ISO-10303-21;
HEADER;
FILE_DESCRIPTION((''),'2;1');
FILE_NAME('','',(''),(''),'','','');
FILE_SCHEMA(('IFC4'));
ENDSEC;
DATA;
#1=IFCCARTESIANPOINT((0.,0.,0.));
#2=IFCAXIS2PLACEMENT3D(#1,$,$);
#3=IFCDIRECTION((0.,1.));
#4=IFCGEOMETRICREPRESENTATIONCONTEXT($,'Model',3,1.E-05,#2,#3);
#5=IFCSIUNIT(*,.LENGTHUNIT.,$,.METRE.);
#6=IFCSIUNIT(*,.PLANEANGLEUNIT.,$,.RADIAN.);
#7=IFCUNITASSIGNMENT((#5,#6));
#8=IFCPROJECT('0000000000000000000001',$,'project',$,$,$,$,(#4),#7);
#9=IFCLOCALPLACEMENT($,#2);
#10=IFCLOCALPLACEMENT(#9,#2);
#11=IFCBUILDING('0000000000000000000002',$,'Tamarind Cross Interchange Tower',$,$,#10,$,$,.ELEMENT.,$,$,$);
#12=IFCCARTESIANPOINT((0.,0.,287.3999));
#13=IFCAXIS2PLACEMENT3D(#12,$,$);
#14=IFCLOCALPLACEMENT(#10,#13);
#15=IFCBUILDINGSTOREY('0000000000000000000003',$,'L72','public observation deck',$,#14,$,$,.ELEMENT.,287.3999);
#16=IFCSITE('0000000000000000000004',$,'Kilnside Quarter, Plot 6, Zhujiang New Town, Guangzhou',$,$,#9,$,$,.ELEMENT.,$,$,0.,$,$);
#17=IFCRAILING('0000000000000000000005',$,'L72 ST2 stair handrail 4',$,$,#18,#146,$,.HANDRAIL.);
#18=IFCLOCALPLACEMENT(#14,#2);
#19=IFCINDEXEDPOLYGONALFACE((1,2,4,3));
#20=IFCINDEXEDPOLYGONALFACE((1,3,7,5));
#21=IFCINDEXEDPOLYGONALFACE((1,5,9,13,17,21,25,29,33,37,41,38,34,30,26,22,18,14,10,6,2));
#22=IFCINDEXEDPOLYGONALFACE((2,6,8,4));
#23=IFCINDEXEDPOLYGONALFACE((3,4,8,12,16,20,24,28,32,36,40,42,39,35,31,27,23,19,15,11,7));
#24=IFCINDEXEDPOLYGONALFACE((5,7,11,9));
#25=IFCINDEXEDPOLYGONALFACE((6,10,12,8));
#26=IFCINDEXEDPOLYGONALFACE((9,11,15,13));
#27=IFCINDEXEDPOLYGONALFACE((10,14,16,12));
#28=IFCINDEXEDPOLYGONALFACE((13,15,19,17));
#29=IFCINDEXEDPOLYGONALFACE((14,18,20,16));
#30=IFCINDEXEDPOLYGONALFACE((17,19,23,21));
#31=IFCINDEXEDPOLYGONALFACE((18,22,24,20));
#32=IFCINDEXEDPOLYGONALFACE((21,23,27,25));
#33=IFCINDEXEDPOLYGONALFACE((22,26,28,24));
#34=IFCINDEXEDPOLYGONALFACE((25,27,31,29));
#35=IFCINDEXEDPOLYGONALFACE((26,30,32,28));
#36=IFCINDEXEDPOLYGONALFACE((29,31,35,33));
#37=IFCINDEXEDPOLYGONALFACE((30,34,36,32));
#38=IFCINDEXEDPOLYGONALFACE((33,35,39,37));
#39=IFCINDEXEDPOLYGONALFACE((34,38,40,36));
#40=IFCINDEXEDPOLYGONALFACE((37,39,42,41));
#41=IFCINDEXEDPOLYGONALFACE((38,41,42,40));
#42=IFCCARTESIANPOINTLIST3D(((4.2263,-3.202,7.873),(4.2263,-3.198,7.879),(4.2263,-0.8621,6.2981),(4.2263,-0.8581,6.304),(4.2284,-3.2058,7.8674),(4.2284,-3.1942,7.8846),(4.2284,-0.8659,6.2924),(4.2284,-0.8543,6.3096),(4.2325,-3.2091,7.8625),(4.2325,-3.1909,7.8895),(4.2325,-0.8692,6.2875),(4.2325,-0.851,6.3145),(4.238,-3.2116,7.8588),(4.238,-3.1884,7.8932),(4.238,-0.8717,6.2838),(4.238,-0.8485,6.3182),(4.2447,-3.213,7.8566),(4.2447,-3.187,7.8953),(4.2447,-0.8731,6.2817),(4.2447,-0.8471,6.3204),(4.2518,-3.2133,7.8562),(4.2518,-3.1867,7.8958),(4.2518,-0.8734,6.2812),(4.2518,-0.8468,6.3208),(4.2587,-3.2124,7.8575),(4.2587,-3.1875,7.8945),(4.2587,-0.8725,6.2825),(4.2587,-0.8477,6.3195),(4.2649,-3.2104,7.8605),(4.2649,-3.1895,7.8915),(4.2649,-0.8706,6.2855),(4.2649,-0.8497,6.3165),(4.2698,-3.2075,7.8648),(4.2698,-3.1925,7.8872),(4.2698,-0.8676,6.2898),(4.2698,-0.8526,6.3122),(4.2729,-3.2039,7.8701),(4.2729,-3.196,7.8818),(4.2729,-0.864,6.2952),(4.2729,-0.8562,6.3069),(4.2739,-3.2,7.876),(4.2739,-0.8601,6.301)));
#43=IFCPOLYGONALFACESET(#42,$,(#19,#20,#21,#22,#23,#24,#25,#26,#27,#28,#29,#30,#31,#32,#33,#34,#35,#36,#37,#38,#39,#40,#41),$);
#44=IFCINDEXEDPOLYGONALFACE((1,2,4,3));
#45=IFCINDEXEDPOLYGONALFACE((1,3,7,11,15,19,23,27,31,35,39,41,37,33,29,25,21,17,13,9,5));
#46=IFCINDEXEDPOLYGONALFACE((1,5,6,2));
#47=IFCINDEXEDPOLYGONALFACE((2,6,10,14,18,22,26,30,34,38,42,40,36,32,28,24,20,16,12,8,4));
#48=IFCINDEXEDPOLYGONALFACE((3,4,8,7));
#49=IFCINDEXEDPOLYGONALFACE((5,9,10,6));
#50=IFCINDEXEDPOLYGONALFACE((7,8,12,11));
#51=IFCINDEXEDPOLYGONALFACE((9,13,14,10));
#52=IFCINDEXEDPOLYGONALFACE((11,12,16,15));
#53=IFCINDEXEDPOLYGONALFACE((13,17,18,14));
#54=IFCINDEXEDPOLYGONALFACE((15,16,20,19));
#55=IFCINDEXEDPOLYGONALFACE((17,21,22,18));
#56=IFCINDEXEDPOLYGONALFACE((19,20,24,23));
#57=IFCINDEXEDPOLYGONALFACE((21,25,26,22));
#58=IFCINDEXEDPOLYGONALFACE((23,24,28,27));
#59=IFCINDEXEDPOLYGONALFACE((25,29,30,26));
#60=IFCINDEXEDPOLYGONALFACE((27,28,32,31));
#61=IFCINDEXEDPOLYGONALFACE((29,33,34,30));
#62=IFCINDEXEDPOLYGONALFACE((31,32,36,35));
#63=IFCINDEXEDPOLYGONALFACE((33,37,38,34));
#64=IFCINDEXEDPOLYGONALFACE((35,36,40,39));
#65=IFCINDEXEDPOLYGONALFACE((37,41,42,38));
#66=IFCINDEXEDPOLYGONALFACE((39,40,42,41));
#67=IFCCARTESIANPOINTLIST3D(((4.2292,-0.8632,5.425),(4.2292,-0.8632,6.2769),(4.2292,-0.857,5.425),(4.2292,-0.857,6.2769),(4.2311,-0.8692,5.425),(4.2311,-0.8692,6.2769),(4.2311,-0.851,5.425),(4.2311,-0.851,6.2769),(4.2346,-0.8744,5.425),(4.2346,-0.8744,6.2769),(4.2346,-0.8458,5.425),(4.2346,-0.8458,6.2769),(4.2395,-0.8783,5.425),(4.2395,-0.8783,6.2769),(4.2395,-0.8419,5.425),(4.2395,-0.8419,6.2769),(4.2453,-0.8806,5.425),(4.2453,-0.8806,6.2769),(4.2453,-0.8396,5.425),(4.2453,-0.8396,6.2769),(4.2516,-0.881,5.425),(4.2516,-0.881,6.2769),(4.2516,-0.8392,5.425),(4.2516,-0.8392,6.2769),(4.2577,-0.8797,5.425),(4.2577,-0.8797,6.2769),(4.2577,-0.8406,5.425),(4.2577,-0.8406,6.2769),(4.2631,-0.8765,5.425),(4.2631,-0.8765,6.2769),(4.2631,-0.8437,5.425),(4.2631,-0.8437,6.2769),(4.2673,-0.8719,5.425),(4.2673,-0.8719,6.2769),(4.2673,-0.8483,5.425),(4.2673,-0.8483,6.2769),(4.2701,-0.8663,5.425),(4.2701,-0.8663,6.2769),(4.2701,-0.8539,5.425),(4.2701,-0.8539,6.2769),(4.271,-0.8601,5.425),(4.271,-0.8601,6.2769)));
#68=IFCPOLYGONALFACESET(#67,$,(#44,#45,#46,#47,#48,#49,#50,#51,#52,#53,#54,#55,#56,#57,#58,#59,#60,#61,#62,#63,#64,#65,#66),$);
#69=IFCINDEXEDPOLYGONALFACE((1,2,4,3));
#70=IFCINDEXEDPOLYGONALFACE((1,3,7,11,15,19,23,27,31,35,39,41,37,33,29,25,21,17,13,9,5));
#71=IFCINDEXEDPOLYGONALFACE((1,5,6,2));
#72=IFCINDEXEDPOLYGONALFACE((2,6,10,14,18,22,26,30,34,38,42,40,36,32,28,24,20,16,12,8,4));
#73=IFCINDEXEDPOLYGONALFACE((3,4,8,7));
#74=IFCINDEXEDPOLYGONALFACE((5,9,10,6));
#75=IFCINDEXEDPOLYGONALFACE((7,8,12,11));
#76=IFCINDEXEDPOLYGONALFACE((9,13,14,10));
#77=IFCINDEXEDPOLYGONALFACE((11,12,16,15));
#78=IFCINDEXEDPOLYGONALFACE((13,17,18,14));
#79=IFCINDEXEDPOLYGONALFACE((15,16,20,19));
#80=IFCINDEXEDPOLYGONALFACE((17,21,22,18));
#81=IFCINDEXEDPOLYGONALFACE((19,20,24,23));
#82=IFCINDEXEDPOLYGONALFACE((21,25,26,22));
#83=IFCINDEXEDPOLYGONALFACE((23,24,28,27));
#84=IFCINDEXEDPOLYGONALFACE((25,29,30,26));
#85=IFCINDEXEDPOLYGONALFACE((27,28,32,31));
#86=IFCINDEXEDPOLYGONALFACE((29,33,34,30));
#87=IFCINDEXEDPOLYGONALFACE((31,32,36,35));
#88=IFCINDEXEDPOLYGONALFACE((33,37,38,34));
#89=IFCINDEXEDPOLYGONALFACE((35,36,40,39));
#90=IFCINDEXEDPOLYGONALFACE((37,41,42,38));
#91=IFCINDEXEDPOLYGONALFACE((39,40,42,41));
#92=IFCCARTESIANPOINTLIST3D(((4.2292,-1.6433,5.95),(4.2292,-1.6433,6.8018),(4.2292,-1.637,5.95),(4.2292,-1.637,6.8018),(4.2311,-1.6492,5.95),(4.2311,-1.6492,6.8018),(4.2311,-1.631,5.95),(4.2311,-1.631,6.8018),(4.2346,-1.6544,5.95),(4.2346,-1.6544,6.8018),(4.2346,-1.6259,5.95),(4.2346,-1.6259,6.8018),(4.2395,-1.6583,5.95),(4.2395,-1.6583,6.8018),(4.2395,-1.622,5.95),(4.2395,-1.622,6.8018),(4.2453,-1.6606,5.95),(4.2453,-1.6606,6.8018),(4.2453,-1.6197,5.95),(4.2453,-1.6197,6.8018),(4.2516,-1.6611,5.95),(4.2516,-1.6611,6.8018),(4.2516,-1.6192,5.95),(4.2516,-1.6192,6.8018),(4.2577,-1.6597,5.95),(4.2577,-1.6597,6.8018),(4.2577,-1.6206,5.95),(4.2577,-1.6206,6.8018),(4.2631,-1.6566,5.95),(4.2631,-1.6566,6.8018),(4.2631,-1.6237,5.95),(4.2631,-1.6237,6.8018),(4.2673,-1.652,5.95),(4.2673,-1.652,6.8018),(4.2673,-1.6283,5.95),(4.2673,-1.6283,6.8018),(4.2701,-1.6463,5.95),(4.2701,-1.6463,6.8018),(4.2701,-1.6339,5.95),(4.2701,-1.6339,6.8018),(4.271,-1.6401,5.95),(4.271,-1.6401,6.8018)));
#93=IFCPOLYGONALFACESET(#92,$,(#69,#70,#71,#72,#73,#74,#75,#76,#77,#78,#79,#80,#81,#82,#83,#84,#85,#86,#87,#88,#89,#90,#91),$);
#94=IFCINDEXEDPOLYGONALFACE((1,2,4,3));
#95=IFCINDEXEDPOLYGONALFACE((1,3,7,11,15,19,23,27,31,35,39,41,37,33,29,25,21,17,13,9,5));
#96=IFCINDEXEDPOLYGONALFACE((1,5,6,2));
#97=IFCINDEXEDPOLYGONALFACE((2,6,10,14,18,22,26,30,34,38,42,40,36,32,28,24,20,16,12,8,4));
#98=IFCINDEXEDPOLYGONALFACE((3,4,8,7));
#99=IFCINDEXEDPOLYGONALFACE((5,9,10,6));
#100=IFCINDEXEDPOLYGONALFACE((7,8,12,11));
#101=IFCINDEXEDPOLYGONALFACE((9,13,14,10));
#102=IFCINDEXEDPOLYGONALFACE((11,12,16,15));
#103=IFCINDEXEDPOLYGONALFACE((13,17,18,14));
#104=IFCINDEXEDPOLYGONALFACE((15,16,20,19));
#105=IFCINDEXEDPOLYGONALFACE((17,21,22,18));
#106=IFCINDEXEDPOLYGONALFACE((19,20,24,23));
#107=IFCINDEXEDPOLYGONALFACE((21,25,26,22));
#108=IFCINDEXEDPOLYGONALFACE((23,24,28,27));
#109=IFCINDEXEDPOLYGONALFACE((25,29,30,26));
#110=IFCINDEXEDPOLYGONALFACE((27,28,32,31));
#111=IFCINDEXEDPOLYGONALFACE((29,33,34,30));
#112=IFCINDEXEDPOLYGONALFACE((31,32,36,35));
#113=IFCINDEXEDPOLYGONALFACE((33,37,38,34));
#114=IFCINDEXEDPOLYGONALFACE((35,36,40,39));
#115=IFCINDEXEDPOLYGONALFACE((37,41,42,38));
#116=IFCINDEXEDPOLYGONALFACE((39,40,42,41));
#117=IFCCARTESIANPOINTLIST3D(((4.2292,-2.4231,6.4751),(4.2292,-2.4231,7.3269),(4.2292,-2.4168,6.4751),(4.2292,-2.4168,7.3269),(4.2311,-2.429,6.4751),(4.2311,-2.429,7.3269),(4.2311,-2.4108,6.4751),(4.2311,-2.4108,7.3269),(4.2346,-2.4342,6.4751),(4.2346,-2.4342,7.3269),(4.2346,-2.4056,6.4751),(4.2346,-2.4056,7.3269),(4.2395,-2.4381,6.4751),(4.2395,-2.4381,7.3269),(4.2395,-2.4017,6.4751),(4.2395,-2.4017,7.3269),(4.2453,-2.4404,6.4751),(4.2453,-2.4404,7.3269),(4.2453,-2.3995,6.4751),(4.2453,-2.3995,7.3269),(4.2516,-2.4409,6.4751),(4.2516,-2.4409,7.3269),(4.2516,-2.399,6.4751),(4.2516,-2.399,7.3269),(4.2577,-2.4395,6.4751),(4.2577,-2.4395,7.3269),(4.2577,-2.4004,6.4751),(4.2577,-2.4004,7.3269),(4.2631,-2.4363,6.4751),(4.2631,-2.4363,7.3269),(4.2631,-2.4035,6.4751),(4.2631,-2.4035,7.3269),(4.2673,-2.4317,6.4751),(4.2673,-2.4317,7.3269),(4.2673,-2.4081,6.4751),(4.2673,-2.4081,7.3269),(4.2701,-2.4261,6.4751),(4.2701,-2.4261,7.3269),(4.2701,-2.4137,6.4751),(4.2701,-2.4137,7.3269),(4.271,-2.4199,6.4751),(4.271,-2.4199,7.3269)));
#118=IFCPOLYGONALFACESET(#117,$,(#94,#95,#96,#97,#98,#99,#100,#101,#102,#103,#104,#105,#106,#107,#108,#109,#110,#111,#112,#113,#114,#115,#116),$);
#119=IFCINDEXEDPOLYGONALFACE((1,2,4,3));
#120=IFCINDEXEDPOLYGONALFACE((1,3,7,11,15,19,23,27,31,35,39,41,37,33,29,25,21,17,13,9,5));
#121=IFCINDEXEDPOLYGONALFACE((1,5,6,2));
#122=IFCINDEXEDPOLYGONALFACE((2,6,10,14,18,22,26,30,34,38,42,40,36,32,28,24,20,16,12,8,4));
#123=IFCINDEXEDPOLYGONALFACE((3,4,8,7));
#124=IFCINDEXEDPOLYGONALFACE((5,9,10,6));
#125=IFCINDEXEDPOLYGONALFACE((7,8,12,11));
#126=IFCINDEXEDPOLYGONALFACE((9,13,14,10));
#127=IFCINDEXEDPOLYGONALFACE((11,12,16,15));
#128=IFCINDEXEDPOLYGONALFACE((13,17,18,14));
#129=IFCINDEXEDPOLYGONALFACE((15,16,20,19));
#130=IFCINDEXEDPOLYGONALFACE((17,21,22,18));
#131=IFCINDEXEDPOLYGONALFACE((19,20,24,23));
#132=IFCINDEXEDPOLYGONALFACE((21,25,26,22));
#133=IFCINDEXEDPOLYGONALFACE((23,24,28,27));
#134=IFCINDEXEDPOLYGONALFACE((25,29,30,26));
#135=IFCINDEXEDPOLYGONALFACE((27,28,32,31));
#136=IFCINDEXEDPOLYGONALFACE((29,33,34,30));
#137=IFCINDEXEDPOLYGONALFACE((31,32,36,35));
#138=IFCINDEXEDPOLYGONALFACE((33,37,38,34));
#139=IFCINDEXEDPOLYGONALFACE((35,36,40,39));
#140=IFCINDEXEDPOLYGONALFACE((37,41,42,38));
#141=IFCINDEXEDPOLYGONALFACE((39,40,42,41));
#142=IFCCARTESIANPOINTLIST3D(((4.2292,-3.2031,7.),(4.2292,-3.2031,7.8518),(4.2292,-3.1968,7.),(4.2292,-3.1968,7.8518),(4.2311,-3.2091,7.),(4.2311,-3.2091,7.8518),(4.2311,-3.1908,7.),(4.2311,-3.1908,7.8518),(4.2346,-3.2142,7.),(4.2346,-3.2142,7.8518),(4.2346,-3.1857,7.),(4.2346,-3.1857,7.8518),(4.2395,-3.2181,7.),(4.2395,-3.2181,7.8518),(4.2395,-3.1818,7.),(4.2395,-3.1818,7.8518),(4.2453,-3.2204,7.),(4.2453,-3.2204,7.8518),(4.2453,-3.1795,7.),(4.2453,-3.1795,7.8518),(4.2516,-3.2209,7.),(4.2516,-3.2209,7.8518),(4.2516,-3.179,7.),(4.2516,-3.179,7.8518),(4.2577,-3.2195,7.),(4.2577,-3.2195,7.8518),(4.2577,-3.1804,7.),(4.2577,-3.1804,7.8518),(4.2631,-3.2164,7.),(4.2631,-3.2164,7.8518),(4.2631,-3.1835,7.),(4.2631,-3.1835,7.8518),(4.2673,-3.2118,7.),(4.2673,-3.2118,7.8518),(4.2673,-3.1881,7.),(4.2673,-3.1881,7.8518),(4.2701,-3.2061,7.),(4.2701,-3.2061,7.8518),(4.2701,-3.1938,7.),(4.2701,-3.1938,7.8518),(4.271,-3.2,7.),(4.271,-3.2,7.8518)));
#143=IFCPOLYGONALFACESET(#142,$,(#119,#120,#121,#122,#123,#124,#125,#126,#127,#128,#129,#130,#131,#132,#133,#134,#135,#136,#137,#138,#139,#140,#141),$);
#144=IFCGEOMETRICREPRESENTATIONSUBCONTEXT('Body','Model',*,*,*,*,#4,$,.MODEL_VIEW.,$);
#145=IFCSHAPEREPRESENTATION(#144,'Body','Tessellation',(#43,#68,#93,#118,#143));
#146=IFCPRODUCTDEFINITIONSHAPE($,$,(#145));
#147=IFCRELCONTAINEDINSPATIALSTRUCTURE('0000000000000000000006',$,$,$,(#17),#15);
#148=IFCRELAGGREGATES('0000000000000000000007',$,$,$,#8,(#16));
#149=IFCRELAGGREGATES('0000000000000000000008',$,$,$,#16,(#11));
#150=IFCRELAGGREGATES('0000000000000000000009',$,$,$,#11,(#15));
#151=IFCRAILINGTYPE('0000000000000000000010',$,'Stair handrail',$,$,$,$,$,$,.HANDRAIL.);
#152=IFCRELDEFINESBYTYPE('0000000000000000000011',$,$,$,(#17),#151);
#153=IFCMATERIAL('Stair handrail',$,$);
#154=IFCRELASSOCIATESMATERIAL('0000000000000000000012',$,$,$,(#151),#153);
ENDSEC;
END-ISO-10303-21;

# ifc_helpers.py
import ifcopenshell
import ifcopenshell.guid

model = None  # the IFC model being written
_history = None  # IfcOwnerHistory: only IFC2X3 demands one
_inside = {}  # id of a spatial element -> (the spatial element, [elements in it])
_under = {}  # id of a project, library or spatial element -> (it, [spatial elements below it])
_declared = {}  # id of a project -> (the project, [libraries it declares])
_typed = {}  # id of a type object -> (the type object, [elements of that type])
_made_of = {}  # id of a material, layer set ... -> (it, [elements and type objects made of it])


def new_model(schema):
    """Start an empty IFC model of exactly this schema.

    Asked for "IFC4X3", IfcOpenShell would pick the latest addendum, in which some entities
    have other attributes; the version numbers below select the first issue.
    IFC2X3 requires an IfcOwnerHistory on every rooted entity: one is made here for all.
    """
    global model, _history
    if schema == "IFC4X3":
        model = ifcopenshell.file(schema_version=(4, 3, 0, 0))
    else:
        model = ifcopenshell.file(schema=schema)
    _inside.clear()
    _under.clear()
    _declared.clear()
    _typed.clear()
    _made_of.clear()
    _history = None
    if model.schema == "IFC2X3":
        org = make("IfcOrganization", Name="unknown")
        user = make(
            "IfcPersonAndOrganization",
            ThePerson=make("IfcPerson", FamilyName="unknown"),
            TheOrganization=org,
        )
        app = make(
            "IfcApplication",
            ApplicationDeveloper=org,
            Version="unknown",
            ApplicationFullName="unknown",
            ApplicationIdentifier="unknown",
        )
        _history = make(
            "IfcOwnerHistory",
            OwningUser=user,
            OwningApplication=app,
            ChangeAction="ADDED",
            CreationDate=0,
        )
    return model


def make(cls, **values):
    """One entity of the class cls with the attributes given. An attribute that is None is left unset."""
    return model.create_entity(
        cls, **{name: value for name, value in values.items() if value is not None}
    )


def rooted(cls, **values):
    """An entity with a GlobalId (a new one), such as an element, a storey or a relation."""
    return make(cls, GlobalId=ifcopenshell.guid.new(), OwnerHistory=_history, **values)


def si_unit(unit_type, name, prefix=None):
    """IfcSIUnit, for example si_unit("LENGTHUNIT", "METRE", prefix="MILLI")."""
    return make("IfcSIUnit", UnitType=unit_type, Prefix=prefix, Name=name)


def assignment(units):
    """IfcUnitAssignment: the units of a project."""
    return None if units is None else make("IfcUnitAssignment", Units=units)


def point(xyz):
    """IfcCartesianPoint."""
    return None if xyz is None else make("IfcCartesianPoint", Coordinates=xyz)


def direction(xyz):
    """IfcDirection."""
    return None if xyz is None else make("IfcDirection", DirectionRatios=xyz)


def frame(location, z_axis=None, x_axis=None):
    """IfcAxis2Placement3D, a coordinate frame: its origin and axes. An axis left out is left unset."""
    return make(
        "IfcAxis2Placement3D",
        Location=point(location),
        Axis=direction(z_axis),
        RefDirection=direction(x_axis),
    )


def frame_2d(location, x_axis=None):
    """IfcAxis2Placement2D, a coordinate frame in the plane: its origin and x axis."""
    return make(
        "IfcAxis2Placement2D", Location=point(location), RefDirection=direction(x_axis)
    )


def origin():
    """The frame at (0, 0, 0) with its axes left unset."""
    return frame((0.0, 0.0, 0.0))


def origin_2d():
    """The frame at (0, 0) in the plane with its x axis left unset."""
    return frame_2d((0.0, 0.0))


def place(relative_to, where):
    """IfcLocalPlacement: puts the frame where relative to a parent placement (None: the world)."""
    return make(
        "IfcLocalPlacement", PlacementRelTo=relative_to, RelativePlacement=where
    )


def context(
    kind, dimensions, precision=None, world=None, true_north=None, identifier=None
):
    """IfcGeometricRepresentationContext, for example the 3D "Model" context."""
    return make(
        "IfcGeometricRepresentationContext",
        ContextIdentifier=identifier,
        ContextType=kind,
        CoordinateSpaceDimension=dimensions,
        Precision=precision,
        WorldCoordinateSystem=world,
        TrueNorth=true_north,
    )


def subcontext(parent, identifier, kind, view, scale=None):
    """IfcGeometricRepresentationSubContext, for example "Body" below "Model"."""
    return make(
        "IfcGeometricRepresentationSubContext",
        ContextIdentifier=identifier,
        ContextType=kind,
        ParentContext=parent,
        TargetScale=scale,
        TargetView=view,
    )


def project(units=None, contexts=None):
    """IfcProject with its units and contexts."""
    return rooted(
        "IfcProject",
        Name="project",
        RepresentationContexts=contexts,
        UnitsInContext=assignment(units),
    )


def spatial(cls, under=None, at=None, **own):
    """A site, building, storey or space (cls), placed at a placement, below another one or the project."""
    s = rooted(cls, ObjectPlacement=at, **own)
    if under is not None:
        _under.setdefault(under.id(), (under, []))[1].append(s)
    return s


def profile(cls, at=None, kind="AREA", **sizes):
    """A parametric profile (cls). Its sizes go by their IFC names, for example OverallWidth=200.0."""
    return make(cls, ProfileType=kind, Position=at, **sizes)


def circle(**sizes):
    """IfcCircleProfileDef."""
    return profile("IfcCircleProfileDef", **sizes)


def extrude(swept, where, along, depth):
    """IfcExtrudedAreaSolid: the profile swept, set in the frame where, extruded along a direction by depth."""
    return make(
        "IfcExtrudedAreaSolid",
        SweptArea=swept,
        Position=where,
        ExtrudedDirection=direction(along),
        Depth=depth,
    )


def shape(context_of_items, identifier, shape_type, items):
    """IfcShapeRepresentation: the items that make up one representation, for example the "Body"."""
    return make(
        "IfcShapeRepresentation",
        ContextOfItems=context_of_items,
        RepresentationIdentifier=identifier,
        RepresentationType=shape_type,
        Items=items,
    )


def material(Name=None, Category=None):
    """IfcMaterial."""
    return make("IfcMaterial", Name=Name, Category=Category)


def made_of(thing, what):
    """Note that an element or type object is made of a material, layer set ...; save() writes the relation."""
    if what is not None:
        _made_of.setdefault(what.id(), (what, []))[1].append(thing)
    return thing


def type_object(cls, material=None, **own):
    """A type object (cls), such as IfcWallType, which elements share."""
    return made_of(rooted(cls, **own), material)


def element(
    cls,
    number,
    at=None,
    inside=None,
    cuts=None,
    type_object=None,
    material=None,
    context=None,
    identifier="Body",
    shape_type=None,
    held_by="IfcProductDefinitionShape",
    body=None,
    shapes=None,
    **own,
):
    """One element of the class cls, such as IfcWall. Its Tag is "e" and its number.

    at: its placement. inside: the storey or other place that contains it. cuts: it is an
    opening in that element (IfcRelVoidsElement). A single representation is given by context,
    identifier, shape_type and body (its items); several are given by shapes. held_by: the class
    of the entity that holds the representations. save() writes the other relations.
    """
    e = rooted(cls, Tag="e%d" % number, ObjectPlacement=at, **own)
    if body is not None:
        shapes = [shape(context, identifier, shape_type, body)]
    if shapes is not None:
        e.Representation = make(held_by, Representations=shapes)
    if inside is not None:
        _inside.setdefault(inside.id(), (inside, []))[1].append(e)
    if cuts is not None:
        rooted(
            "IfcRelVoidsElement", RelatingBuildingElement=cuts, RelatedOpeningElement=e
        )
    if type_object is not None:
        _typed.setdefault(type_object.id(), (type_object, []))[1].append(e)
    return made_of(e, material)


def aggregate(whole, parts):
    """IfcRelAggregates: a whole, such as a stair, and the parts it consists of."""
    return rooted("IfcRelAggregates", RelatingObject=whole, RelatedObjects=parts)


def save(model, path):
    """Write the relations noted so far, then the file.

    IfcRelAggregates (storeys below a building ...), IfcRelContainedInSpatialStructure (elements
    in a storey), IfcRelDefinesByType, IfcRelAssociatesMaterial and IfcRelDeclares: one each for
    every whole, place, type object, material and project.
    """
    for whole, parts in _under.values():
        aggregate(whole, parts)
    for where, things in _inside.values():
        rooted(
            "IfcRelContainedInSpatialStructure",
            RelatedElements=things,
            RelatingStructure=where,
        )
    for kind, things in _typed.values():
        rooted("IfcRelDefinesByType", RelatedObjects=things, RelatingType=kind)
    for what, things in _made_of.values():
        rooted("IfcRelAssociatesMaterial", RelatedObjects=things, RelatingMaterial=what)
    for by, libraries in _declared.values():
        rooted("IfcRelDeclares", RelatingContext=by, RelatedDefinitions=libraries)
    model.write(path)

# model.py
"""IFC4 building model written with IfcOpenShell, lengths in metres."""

from ifc_helpers import new_model, si_unit, direction, frame, origin, origin_2d, place, context, subcontext, project, spatial, circle, extrude, material, type_object, element, save


model = new_model("IFC4")

# Units and contexts
model_context = context("Model", 3, precision=1e-05, world=origin(), true_north=direction((0.0, 1.0)))
body_context = subcontext(model_context, "Body", "Model", "MODEL_VIEW")
ifc_project = project(units=[si_unit("LENGTHUNIT", "METRE"), si_unit("PLANEANGLEUNIT", "RADIAN")], contexts=[model_context])

# Site, building, storey
site_placement = place(None, origin())
site = spatial("IfcSite", under=ifc_project, at=site_placement, Name="Kilnside Quarter, Plot 6, Zhujiang New Town, Guangzhou", CompositionType="ELEMENT", RefElevation=0.0)
building_placement = place(site_placement, origin())
building = spatial("IfcBuilding", under=site, at=building_placement, Name="Tamarind Cross Interchange Tower", CompositionType="ELEMENT")
storey_placement = place(building_placement, frame((0.0, 0.0, 287.3999)))
storey = spatial("IfcBuildingStorey", under=building, at=storey_placement, Name="L72", Description="public observation deck", CompositionType="ELEMENT", Elevation=287.3999)

# Railing
ifc_material_1 = material(Name="Stair handrail")
railing_type_1 = type_object("IfcRailingType", Name="Stair handrail", PredefinedType="HANDRAIL", material=ifc_material_1)
railing_1_placement = place(storey_placement, frame((4.25, -0.8601, 5.425)))
element("IfcRailing", 1, at=railing_1_placement, inside=storey, type_object=railing_type_1, Name="L72 ST2 stair handrail 4", PredefinedType="HANDRAIL", context=body_context, shape_type="SweptSolid", body=[
    extrude(circle(Radius=0.0239, at=origin_2d()), frame((0.0, 0.0, 0.876), z_axis=(0.0, -0.829578, 0.55839), x_axis=(1.0, 0.0, 0.0)), (0.0, 0.0, 1.0), 2.8206),
    extrude(circle(Radius=0.021, at=origin_2d()), origin(), (0.0, 0.0, 1.0), 0.8518),
    extrude(circle(Radius=0.021, at=origin_2d()), frame((0.0, -0.78, 0.5249)), (0.0, 0.0, 1.0), 0.8518),
    extrude(circle(Radius=0.021, at=origin_2d()), frame((0.0, -1.5598, 1.05)), (0.0, 0.0, 1.0), 0.8518),
    extrude(circle(Radius=0.021, at=origin_2d()), frame((0.0, -2.3398, 1.575)), (0.0, 0.0, 1.0), 0.8518),
])

save(model, "model.ifc")
